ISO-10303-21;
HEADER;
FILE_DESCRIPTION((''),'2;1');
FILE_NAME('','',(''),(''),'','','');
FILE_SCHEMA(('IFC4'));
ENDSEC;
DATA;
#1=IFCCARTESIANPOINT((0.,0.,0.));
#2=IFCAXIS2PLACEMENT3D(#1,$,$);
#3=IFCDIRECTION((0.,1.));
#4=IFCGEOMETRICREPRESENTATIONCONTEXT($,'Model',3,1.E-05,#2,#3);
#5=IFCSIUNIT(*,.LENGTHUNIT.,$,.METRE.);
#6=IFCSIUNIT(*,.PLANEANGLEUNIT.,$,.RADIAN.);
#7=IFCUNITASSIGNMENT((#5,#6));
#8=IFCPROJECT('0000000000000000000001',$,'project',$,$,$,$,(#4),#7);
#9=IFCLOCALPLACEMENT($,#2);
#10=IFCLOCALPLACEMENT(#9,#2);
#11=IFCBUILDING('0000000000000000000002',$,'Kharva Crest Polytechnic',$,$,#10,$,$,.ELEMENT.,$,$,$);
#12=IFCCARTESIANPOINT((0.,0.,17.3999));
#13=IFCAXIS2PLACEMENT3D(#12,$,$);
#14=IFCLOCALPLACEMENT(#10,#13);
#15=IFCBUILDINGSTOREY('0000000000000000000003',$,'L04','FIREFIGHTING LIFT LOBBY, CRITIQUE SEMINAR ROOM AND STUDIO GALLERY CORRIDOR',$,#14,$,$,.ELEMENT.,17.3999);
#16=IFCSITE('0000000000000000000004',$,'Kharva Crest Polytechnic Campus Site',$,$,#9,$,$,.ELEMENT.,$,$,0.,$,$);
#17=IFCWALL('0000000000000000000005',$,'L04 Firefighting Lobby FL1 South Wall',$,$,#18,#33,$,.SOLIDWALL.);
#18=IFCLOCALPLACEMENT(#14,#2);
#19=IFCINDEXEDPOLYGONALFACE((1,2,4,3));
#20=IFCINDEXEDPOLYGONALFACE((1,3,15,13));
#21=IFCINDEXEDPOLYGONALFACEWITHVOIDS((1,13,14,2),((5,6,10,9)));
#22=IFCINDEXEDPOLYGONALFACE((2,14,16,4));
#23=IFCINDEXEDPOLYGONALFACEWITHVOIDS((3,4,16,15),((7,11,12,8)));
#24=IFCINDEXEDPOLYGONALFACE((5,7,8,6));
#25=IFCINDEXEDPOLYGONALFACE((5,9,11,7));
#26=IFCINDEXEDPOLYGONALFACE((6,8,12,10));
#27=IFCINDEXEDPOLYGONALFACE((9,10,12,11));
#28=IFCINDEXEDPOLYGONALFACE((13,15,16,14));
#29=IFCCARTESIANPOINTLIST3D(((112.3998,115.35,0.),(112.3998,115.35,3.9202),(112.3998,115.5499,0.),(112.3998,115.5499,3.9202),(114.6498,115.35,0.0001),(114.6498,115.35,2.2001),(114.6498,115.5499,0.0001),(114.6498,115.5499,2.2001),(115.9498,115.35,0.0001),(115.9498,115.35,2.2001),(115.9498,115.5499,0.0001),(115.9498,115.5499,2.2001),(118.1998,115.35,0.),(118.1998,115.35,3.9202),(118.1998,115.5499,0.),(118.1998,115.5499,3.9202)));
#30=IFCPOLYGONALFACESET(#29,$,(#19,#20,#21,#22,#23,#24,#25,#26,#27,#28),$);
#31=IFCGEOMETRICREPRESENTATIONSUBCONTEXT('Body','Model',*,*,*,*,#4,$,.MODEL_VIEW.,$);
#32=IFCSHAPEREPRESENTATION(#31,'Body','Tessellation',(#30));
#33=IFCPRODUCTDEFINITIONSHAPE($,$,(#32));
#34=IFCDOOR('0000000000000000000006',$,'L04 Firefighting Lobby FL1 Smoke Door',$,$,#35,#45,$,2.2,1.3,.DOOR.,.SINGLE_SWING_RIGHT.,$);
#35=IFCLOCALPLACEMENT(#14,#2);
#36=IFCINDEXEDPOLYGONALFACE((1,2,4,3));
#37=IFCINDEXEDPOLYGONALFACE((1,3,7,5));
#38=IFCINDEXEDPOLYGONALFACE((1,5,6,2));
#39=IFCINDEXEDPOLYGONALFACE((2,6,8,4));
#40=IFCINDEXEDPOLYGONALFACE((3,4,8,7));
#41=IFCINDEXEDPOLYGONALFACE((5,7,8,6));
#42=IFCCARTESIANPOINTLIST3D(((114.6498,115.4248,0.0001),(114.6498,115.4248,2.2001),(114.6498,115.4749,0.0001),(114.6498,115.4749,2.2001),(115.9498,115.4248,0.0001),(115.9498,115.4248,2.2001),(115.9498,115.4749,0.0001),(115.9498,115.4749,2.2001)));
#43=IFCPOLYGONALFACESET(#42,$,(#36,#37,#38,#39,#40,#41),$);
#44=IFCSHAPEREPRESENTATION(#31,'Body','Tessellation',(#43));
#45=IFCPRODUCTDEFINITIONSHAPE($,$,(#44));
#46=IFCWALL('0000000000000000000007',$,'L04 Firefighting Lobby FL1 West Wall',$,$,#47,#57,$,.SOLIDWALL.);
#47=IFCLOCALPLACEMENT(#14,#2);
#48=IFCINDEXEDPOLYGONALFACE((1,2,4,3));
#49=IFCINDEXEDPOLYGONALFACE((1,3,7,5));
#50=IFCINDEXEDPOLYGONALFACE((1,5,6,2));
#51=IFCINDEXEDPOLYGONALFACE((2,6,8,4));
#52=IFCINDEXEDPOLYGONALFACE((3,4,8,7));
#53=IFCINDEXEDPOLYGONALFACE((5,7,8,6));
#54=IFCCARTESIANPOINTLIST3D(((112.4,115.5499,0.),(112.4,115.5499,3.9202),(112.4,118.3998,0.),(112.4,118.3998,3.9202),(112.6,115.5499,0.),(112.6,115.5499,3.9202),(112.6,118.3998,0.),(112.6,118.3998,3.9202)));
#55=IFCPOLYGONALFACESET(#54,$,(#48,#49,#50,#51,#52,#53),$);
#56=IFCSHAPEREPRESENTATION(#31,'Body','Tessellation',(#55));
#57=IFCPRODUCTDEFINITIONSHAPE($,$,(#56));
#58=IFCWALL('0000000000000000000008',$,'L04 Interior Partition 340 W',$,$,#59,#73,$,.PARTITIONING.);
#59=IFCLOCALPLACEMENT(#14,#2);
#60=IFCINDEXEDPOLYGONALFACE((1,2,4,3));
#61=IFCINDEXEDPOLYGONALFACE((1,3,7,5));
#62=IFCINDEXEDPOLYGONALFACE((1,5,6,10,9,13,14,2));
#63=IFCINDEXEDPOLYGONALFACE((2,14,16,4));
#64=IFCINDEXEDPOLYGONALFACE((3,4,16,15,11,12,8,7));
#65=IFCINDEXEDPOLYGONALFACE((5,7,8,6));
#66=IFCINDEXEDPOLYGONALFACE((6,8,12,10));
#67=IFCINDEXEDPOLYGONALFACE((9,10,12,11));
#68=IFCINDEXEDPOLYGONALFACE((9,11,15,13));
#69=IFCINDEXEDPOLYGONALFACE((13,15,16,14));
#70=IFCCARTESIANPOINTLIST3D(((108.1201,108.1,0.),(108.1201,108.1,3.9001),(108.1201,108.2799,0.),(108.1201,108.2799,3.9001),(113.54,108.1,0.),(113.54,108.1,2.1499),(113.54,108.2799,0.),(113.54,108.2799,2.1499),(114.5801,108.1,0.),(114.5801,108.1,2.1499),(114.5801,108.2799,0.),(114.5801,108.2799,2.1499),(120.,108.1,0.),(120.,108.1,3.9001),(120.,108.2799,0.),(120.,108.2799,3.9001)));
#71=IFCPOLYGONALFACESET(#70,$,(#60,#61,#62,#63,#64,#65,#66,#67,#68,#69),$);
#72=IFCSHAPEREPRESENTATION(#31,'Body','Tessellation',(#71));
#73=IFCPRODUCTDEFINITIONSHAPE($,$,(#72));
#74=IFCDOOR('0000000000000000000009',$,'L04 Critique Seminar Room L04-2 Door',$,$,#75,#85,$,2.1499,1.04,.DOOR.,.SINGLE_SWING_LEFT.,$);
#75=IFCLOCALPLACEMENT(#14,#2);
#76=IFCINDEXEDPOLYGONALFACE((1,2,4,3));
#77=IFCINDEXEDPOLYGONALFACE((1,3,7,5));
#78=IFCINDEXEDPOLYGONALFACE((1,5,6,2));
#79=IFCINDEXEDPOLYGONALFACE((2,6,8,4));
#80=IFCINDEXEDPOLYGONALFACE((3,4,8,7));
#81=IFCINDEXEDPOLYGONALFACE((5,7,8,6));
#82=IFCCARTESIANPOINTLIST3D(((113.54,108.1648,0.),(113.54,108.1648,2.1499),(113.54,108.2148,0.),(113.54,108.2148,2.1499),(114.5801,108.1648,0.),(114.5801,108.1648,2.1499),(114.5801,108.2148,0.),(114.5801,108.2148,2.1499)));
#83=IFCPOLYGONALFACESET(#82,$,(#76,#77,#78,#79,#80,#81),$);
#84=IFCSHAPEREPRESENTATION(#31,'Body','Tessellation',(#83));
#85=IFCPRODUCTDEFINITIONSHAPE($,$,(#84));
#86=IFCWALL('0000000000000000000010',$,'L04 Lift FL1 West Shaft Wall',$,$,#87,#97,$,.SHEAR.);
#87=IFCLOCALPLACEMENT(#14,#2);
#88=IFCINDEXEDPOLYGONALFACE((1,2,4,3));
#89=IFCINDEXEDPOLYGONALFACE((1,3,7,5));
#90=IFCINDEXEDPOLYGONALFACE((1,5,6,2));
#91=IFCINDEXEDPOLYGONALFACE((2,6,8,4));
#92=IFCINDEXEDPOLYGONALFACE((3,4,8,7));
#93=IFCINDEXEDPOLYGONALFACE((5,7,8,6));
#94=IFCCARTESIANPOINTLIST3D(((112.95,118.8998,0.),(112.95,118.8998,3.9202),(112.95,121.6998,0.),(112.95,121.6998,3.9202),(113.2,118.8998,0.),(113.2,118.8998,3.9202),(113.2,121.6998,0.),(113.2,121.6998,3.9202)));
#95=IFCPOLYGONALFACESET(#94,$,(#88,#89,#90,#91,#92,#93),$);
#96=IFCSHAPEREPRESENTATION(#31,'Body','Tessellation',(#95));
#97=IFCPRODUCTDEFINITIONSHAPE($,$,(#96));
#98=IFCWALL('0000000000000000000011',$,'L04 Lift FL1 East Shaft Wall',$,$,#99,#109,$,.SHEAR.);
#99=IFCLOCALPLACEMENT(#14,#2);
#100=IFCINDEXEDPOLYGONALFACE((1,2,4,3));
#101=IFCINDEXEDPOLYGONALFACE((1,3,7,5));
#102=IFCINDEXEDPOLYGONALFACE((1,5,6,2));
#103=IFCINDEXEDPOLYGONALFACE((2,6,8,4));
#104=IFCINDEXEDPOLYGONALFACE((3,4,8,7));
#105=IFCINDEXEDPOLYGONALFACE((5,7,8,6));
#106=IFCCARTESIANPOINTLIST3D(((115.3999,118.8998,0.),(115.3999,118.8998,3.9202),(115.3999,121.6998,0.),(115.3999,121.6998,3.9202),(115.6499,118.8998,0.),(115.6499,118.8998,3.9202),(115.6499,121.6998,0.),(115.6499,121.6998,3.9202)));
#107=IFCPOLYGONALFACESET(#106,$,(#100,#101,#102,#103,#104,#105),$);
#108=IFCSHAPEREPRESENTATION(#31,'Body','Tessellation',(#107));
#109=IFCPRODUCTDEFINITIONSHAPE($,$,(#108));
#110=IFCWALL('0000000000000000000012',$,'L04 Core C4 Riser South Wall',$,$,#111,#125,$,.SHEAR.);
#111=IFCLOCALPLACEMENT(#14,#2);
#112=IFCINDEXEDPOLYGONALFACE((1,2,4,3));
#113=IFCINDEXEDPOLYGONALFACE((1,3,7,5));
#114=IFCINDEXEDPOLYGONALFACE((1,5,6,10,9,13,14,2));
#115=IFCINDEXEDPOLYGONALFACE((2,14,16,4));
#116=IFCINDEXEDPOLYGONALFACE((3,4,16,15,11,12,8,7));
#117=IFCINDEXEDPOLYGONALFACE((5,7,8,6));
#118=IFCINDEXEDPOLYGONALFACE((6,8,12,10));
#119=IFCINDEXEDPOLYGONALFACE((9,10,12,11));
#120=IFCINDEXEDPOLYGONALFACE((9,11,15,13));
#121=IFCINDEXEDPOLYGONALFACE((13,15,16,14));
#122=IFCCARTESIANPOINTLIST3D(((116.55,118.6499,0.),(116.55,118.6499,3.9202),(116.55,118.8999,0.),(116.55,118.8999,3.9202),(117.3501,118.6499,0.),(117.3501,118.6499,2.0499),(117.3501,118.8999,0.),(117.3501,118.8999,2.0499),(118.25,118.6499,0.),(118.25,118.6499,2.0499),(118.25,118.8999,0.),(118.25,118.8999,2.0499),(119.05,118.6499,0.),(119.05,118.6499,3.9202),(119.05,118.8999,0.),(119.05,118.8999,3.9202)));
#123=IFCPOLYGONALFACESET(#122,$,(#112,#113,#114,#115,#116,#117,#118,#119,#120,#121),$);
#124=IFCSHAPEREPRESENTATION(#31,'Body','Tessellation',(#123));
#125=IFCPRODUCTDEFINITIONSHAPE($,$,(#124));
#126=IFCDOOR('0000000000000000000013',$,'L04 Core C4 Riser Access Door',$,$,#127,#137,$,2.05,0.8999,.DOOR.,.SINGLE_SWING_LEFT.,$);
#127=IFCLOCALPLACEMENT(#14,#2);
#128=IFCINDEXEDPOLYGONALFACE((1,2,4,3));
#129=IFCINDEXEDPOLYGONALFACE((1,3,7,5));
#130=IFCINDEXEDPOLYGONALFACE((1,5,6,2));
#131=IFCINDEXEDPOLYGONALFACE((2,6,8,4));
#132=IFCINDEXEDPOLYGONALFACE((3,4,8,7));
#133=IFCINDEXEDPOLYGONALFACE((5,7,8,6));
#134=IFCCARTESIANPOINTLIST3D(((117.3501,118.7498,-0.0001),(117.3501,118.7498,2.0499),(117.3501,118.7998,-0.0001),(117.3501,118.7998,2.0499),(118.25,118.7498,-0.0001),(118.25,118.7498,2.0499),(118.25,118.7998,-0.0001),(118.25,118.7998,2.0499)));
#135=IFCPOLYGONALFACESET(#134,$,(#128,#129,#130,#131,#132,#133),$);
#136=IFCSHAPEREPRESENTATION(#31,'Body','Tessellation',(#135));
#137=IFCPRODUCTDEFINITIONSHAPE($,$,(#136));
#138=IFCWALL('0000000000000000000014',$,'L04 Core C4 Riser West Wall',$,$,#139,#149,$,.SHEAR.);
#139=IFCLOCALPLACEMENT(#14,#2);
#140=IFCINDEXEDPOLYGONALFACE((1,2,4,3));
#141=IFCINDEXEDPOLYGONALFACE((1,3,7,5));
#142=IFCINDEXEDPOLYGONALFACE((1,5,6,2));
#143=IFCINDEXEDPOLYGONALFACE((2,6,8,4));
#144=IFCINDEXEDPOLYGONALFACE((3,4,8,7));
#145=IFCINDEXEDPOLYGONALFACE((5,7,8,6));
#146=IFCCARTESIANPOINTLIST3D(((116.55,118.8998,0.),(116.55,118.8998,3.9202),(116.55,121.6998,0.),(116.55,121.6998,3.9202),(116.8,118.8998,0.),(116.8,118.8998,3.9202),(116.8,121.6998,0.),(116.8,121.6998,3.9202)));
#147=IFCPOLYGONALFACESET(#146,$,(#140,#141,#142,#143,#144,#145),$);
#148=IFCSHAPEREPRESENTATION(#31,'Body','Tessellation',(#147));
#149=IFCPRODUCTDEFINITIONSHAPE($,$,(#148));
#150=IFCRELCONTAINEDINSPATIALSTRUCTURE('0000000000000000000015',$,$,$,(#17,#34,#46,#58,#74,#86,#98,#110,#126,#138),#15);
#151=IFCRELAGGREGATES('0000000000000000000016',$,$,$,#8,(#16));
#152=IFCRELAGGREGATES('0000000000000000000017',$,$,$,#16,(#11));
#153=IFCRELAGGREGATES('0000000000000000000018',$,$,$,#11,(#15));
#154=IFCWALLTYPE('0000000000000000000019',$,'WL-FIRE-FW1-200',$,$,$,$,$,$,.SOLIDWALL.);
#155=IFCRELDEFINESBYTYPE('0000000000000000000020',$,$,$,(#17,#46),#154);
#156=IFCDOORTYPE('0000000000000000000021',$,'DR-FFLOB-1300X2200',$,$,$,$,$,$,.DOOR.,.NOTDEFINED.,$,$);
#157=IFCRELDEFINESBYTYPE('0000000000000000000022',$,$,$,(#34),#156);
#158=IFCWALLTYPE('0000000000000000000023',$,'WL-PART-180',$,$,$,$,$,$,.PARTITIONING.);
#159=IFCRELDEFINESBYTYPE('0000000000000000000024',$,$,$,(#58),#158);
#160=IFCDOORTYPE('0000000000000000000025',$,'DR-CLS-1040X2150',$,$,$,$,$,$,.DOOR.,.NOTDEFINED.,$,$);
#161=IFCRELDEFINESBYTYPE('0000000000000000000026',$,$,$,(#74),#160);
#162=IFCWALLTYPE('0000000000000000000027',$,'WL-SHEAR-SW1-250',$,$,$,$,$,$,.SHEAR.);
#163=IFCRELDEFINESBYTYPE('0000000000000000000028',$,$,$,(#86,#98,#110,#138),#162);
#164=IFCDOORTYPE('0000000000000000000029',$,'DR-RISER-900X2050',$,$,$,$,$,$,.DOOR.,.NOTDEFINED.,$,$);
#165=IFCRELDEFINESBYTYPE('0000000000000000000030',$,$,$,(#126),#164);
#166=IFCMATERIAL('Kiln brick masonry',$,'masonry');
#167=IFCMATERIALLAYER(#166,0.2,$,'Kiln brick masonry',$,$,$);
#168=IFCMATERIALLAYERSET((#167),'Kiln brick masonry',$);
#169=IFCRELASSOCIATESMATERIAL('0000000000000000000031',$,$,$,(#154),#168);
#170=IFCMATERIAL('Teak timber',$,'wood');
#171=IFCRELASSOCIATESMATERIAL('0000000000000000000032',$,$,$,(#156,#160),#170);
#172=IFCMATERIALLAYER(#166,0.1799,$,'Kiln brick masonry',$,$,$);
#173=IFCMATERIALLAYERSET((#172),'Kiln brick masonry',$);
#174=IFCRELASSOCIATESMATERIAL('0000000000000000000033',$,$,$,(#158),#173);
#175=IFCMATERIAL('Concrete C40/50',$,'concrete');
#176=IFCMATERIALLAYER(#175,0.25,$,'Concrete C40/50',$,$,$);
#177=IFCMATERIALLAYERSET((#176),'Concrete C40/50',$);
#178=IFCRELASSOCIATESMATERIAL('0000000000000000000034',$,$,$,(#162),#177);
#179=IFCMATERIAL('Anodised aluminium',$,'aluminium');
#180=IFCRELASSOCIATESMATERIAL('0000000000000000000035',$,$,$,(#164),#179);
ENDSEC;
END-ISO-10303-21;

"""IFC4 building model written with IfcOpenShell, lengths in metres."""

from ifc_helpers import new_model, si_unit, direction, frame, frame_2d, origin, place, context, subcontext, project, spatial, rectangle, extrude, material, layer, layer_set, type_object, element, fill, save


model = new_model("IFC4")

# Units and contexts
model_context = context("Model", 3, precision=1e-05, world=origin(), true_north=direction((0.0, 1.0)))
body_context = subcontext(model_context, "Body", "Model", "MODEL_VIEW")
ifc_project = project(units=[si_unit("LENGTHUNIT", "METRE"), si_unit("PLANEANGLEUNIT", "RADIAN")], contexts=[model_context])

# Site, building, storey
site_placement = place(None, origin())
site = spatial("IfcSite", under=ifc_project, at=site_placement, Name="Kharva Crest Polytechnic Campus Site", CompositionType="ELEMENT", RefElevation=0.0)
building_placement = place(site_placement, origin())
building = spatial("IfcBuilding", under=site, at=building_placement, Name="Kharva Crest Polytechnic", CompositionType="ELEMENT")
storey_placement = place(building_placement, frame((0.0, 0.0, 17.3999)))
storey = spatial("IfcBuildingStorey", under=building, at=storey_placement, Name="L04", Description="FIREFIGHTING LIFT LOBBY, CRITIQUE SEMINAR ROOM AND STUDIO GALLERY CORRIDOR", CompositionType="ELEMENT", Elevation=17.3999)

# Shared definitions
ifc_material_1 = material(Name="Concrete C40/50", Category="concrete")

# Wall, opening, door
ifc_material_2 = material(Name="Kiln brick masonry", Category="masonry")
ifc_layer_1 = layer(ifc_material_2, 0.2, Name="Kiln brick masonry")
ifc_layer_set_1 = layer_set([ifc_layer_1], Name="Kiln brick masonry")
wall_type_1 = type_object("IfcWallType", Name="WL-FIRE-FW1-200", PredefinedType="SOLIDWALL", material=ifc_layer_set_1)
wall_1_placement = place(storey_placement, frame((112.3999, 115.45, 0.0), z_axis=(0.0, 0.0, 1.0), x_axis=(1.0, 0.0, 0.0)))
wall_1 = element("IfcWall", 1, at=wall_1_placement, inside=storey, type_object=wall_type_1, Name="L04 Firefighting Lobby FL1 South Wall", PredefinedType="SOLIDWALL", context=body_context, shape_type="SweptSolid", body=[
    extrude(rectangle(XDim=5.8, YDim=0.2, at=frame_2d((2.8999, 0.0))), origin(), (0.0, 0.0, 1.0), 3.9202),
])
opening_1_placement = place(wall_1_placement, frame((2.25, 0.0, 0.0)))
opening_1 = element("IfcOpeningElement", 2, at=opening_1_placement, cuts=wall_1, PredefinedType="OPENING", context=body_context, shape_type="SweptSolid", body=[
    extrude(rectangle(XDim=1.3, YDim=2.2, at=frame_2d((0.6499, 1.1001))), frame((0.0, 0.1099, 0.0), z_axis=(0.0, -1.0, 0.0), x_axis=(1.0, 0.0, 0.0)), (0.0, 0.0, 1.0), 0.22),
])
ifc_material_3 = material(Name="Teak timber", Category="wood")
door_type_1 = type_object("IfcDoorType", Name="DR-FFLOB-1300X2200", OperationType="NOTDEFINED", PredefinedType="DOOR", material=ifc_material_3)
door_1_placement = place(opening_1_placement, origin())
door_1 = element("IfcDoor", 3, at=door_1_placement, inside=storey, type_object=door_type_1, Name="L04 Firefighting Lobby FL1 Smoke Door", OperationType="SINGLE_SWING_RIGHT", OverallHeight=2.2, OverallWidth=1.3, PredefinedType="DOOR", context=body_context, shape_type="SweptSolid", body=[
    extrude(rectangle(XDim=1.3, YDim=2.2, at=frame_2d((0.6499, 1.1001))), frame((0.0, 0.0249, 0.0), z_axis=(0.0, -1.0, 0.0), x_axis=(1.0, 0.0, 0.0)), (0.0, 0.0, 1.0), 0.05),
])
fill(opening_1, door_1)

# Wall
wall_2_placement = place(storey_placement, frame((112.5, 115.55, 0.0), z_axis=(0.0, 0.0, 1.0), x_axis=(0.0, 1.0, 0.0)))
element("IfcWall", 4, at=wall_2_placement, inside=storey, type_object=wall_type_1, Name="L04 Firefighting Lobby FL1 West Wall", PredefinedType="SOLIDWALL", context=body_context, shape_type="SweptSolid", body=[
    extrude(rectangle(XDim=2.8499, YDim=0.2, at=frame_2d((1.4248, 0.0))), origin(), (0.0, 0.0, 1.0), 3.9202),
])

# Wall, opening, door
ifc_layer_2 = layer(ifc_material_2, 0.1799, Name="Kiln brick masonry")
ifc_layer_set_2 = layer_set([ifc_layer_2], Name="Kiln brick masonry")
wall_type_2 = type_object("IfcWallType", Name="WL-PART-180", PredefinedType="PARTITIONING", material=ifc_layer_set_2)
wall_3_placement = place(storey_placement, frame((108.1201, 108.1899, 0.0), z_axis=(0.0, 0.0, 1.0), x_axis=(1.0, 0.0, 0.0)))
wall_3 = element("IfcWall", 5, at=wall_3_placement, inside=storey, type_object=wall_type_2, Name="L04 Interior Partition 340 W", PredefinedType="PARTITIONING", context=body_context, shape_type="SweptSolid", body=[
    extrude(rectangle(XDim=11.8799, YDim=0.1799, at=frame_2d((5.9399, 0.0))), origin(), (0.0, 0.0, 1.0), 3.9001),
])
opening_2_placement = place(wall_3_placement, frame((5.4199, 0.0, 0.0)))
opening_2 = element("IfcOpeningElement", 6, at=opening_2_placement, cuts=wall_3, PredefinedType="OPENING", context=body_context, shape_type="SweptSolid", body=[
    extrude(rectangle(XDim=1.04, YDim=2.1499, at=frame_2d((0.52, 1.075))), frame((0.0, 0.0999, 0.0), z_axis=(0.0, -1.0, 0.0), x_axis=(1.0, 0.0, 0.0)), (0.0, 0.0, 1.0), 0.2),
])
door_type_2 = type_object("IfcDoorType", Name="DR-CLS-1040X2150", OperationType="NOTDEFINED", PredefinedType="DOOR", material=ifc_material_3)
door_2_placement = place(opening_2_placement, origin())
door_2 = element("IfcDoor", 7, at=door_2_placement, inside=storey, type_object=door_type_2, Name="L04 Critique Seminar Room L04-2 Door", OperationType="SINGLE_SWING_LEFT", OverallHeight=2.1499, OverallWidth=1.04, PredefinedType="DOOR", context=body_context, shape_type="SweptSolid", body=[
    extrude(rectangle(XDim=1.04, YDim=2.1499, at=frame_2d((0.52, 1.075))), frame((0.0, 0.0249, 0.0), z_axis=(0.0, -1.0, 0.0), x_axis=(1.0, 0.0, 0.0)), (0.0, 0.0, 1.0), 0.05),
])
fill(opening_2, door_2)
ifc_layer_3 = layer(ifc_material_1, 0.25, Name="Concrete C40/50")
ifc_layer_set_3 = layer_set([ifc_layer_3], Name="Concrete C40/50")
wall_type_3 = type_object("IfcWallType", Name="WL-SHEAR-SW1-250", PredefinedType="SHEAR", material=ifc_layer_set_3)
ifc_material_4 = material(Name="Anodised aluminium", Category="aluminium")

# Walls
for number, where, z_axis, x_axis, name in (
    (8, (113.075, 118.8999, 0.0), (0.0, 0.0, 1.0), (0.0, 1.0, 0.0), "L04 Lift FL1 West Shaft Wall"),
    (9, (115.5249, 118.8999, 0.0), (0.0, 0.0, 1.0), (0.0, 1.0, 0.0), "L04 Lift FL1 East Shaft Wall"),
):
    element("IfcWall", number, at=place(storey_placement, frame(where, z_axis=z_axis, x_axis=x_axis)), inside=storey, type_object=wall_type_3, Name=name, PredefinedType="SHEAR", context=body_context, shape_type="SweptSolid", body=[
        extrude(rectangle(XDim=2.8, YDim=0.25, at=frame_2d((1.3999, 0.0))), origin(), (0.0, 0.0, 1.0), 3.9202),
    ])

# Wall, opening, door
wall_4_placement = place(storey_placement, frame((116.55, 118.7749, 0.0), z_axis=(0.0, 0.0, 1.0), x_axis=(1.0, 0.0, 0.0)))
wall_4 = element("IfcWall", 10, at=wall_4_placement, inside=storey, type_object=wall_type_3, Name="L04 Core C4 Riser South Wall", PredefinedType="SHEAR", context=body_context, shape_type="SweptSolid", body=[
    extrude(rectangle(XDim=2.5, YDim=0.25, at=frame_2d((1.25, 0.0))), origin(), (0.0, 0.0, 1.0), 3.9202),
])
opening_3_placement = place(wall_4_placement, frame((0.8, 0.0, 0.0)))
opening_3 = element("IfcOpeningElement", 11, at=opening_3_placement, cuts=wall_4, PredefinedType="OPENING", context=body_context, shape_type="SweptSolid", body=[
    extrude(rectangle(XDim=0.8999, YDim=2.05, at=frame_2d((0.45, 1.0249))), frame((0.0, 0.135, 0.0), z_axis=(0.0, -1.0, 0.0), x_axis=(1.0, 0.0, 0.0)), (0.0, 0.0, 1.0), 0.27),
])
door_type_3 = type_object("IfcDoorType", Name="DR-RISER-900X2050", OperationType="NOTDEFINED", PredefinedType="DOOR", material=ifc_material_4)
door_3_placement = place(opening_3_placement, origin())
door_3 = element("IfcDoor", 12, at=door_3_placement, inside=storey, type_object=door_type_3, Name="L04 Core C4 Riser Access Door", OperationType="SINGLE_SWING_LEFT", OverallHeight=2.05, OverallWidth=0.8999, PredefinedType="DOOR", context=body_context, shape_type="SweptSolid", body=[
    extrude(rectangle(XDim=0.8999, YDim=2.05, at=frame_2d((0.45, 1.0249))), frame((0.0, 0.0249, 0.0), z_axis=(0.0, -1.0, 0.0), x_axis=(1.0, 0.0, 0.0)), (0.0, 0.0, 1.0), 0.05),
])
fill(opening_3, door_3)

# Wall
wall_5_placement = place(storey_placement, frame((116.675, 118.8999, 0.0), z_axis=(0.0, 0.0, 1.0), x_axis=(0.0, 1.0, 0.0)))
element("IfcWall", 13, at=wall_5_placement, inside=storey, type_object=wall_type_3, Name="L04 Core C4 Riser West Wall", PredefinedType="SHEAR", context=body_context, shape_type="SweptSolid", body=[
    extrude(rectangle(XDim=2.8, YDim=0.25, at=frame_2d((1.3999, 0.0))), origin(), (0.0, 0.0, 1.0), 3.9202),
])

save(model, "model.ifc")
